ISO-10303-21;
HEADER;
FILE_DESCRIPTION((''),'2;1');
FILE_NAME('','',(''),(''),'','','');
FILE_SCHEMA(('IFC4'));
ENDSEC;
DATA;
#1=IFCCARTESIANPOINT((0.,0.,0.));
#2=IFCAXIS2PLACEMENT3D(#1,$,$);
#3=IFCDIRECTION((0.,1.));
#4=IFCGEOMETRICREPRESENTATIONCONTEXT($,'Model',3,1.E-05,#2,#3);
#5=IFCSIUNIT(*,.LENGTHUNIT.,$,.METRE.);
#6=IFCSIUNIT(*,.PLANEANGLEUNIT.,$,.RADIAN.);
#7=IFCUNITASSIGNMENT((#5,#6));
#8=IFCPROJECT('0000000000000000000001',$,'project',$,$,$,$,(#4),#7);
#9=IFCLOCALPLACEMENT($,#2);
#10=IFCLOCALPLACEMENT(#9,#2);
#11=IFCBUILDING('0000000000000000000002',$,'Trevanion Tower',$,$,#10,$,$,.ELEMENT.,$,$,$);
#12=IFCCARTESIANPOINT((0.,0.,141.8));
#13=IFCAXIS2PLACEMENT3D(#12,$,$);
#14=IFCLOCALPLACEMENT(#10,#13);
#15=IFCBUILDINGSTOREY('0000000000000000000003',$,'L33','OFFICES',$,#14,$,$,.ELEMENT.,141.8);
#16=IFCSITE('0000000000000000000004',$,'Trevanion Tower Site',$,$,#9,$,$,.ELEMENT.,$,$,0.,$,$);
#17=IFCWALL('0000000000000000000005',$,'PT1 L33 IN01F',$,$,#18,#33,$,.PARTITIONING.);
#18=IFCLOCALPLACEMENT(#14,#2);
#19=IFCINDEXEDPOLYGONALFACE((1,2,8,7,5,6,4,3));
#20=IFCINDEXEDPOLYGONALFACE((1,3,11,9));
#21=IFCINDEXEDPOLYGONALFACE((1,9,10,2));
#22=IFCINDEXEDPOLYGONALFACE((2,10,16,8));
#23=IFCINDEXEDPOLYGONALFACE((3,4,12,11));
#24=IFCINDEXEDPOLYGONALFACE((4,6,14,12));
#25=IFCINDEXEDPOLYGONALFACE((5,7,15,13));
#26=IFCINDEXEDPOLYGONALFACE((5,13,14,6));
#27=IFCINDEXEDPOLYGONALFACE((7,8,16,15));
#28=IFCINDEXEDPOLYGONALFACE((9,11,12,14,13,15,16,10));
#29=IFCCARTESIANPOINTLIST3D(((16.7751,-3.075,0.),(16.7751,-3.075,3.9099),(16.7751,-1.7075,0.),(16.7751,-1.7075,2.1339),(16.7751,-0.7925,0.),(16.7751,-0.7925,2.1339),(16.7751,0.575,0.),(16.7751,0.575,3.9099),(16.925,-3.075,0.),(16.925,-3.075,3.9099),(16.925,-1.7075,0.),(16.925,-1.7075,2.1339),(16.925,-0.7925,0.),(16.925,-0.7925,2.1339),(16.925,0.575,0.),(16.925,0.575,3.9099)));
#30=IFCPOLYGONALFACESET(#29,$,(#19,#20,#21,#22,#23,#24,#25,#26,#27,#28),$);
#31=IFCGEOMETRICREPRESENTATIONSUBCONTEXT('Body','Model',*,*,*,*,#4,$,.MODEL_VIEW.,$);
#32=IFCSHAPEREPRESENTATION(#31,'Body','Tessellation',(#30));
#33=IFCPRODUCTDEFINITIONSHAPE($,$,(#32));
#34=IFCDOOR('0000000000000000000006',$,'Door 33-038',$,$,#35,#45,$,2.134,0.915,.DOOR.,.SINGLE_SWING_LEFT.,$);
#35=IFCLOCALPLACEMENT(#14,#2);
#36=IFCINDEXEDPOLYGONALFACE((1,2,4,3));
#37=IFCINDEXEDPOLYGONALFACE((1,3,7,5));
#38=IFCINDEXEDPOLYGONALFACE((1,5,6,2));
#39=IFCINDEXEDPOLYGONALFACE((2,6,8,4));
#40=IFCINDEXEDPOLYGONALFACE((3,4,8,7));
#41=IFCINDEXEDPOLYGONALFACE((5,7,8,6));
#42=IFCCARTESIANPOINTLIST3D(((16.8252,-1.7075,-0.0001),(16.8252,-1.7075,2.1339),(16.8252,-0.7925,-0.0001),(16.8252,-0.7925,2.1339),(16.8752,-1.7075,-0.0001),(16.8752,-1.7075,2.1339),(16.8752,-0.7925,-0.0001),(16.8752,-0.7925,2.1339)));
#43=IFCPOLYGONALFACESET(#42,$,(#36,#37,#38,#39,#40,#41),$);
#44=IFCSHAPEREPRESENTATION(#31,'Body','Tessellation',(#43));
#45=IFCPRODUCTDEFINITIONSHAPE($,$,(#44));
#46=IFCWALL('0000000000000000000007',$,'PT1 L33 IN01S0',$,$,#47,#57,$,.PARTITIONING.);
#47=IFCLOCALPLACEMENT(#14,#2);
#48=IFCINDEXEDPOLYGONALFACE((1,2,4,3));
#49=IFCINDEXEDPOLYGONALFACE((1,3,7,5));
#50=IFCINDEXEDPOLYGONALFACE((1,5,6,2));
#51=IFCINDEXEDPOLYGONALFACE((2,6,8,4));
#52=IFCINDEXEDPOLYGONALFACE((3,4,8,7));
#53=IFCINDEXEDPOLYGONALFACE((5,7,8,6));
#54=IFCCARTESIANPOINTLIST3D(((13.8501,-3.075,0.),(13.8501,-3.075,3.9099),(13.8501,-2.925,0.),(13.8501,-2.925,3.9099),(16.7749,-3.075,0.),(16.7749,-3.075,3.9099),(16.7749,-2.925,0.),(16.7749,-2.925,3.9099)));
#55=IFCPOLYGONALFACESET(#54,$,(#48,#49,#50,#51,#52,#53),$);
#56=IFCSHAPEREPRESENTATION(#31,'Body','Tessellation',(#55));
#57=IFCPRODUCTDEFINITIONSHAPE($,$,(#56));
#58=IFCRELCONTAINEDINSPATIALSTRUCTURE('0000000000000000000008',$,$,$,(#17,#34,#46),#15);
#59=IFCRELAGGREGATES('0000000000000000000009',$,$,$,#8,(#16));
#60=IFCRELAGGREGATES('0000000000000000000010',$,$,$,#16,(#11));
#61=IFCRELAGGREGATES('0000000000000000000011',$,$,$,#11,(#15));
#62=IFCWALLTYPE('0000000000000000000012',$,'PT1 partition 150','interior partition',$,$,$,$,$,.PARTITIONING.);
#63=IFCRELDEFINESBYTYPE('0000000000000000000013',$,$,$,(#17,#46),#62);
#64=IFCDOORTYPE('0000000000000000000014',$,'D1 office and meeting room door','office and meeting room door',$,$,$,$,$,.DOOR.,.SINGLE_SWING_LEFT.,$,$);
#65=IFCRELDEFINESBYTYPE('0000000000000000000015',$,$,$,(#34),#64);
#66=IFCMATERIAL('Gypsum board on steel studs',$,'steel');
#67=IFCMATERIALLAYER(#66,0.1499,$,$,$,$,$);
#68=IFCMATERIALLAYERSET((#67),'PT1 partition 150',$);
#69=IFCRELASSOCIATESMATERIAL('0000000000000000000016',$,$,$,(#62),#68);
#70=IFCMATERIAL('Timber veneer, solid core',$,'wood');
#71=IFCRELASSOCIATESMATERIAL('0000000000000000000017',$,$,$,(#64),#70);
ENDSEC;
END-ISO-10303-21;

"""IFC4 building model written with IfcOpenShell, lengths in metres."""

from ifc_helpers import new_model, si_unit, direction, frame, frame_2d, origin, place, context, subcontext, project, spatial, rectangle, extrude, material, layer, layer_set, type_object, element, fill, save


model = new_model("IFC4")

# Units and contexts
model_context = context("Model", 3, precision=1e-05, world=origin(), true_north=direction((0.0, 1.0)))
body_context = subcontext(model_context, "Body", "Model", "MODEL_VIEW")
ifc_project = project(units=[si_unit("LENGTHUNIT", "METRE"), si_unit("PLANEANGLEUNIT", "RADIAN")], contexts=[model_context])

# Site, building, storey
site_placement = place(None, origin())
site = spatial("IfcSite", under=ifc_project, at=site_placement, Name="Trevanion Tower Site", CompositionType="ELEMENT", RefElevation=0.0)
building_placement = place(site_placement, origin())
building = spatial("IfcBuilding", under=site, at=building_placement, Name="Trevanion Tower", CompositionType="ELEMENT")
storey_placement = place(building_placement, frame((0.0, 0.0, 141.8)))
storey = spatial("IfcBuildingStorey", under=building, at=storey_placement, Name="L33", Description="OFFICES", CompositionType="ELEMENT", Elevation=141.8)

# Shared definitions
ifc_material_1 = material(Name="Gypsum board on steel studs", Category="steel")
ifc_layer_1 = layer(ifc_material_1, 0.1499)
ifc_layer_set_1 = layer_set([ifc_layer_1], Name="PT1 partition 150")
wall_type = type_object("IfcWallType", Name="PT1 partition 150", Description="interior partition", PredefinedType="PARTITIONING", material=ifc_layer_set_1)
ifc_material_2 = material(Name="Timber veneer, solid core", Category="wood")
door_type = type_object("IfcDoorType", Name="D1 office and meeting room door", Description="office and meeting room door", OperationType="SINGLE_SWING_LEFT", PredefinedType="DOOR", material=ifc_material_2)

# Wall, opening, door
wall_1_placement = place(storey_placement, frame((16.8501, -3.075, 0.0), z_axis=(0.0, 0.0, 1.0), x_axis=(0.0, 1.0, 0.0)))
wall_1 = element("IfcWall", 1, at=wall_1_placement, inside=storey, type_object=wall_type, Name="PT1 L33 IN01F", PredefinedType="PARTITIONING", context=body_context, shape_type="SweptSolid", body=[
    extrude(rectangle(XDim=3.6499, YDim=0.1499, at=frame_2d((1.825, 0.0))), origin(), (0.0, 0.0, 1.0), 3.9099),
])
opening_1_placement = place(wall_1_placement, frame((1.3674, 0.0, 0.0)))
opening_1 = element("IfcOpeningElement", 2, at=opening_1_placement, cuts=wall_1, PredefinedType="OPENING", context=body_context, shape_type="SweptSolid", body=[
    extrude(rectangle(XDim=0.915, YDim=2.134, at=frame_2d((0.4575, 1.0669))), frame((0.0, 0.085, 0.0), z_axis=(0.0, -1.0, 0.0), x_axis=(1.0, 0.0, 0.0)), (0.0, 0.0, 1.0), 0.1699),
])
door_1_placement = place(opening_1_placement, origin())
door_1 = element("IfcDoor", 3, at=door_1_placement, inside=storey, type_object=door_type, Name="Door 33-038", OperationType="SINGLE_SWING_LEFT", OverallHeight=2.134, OverallWidth=0.915, PredefinedType="DOOR", context=body_context, shape_type="SweptSolid", body=[
    extrude(rectangle(XDim=0.915, YDim=2.134, at=frame_2d((0.4575, 1.0669))), frame((0.0, 0.0249, 0.0), z_axis=(0.0, -1.0, 0.0), x_axis=(1.0, 0.0, 0.0)), (0.0, 0.0, 1.0), 0.05),
])
fill(opening_1, door_1)

# Wall
wall_2_placement = place(storey_placement, frame((16.7749, -3.0, 0.0), z_axis=(0.0, 0.0, 1.0), x_axis=(-1.0, 0.0, 0.0)))
element("IfcWall", 4, at=wall_2_placement, inside=storey, type_object=wall_type, Name="PT1 L33 IN01S0", PredefinedType="PARTITIONING", context=body_context, shape_type="SweptSolid", body=[
    extrude(rectangle(XDim=2.9248, YDim=0.1499, at=frame_2d((1.4624, 0.0))), origin(), (0.0, 0.0, 1.0), 3.9099),
])

save(model, "model.ifc")
